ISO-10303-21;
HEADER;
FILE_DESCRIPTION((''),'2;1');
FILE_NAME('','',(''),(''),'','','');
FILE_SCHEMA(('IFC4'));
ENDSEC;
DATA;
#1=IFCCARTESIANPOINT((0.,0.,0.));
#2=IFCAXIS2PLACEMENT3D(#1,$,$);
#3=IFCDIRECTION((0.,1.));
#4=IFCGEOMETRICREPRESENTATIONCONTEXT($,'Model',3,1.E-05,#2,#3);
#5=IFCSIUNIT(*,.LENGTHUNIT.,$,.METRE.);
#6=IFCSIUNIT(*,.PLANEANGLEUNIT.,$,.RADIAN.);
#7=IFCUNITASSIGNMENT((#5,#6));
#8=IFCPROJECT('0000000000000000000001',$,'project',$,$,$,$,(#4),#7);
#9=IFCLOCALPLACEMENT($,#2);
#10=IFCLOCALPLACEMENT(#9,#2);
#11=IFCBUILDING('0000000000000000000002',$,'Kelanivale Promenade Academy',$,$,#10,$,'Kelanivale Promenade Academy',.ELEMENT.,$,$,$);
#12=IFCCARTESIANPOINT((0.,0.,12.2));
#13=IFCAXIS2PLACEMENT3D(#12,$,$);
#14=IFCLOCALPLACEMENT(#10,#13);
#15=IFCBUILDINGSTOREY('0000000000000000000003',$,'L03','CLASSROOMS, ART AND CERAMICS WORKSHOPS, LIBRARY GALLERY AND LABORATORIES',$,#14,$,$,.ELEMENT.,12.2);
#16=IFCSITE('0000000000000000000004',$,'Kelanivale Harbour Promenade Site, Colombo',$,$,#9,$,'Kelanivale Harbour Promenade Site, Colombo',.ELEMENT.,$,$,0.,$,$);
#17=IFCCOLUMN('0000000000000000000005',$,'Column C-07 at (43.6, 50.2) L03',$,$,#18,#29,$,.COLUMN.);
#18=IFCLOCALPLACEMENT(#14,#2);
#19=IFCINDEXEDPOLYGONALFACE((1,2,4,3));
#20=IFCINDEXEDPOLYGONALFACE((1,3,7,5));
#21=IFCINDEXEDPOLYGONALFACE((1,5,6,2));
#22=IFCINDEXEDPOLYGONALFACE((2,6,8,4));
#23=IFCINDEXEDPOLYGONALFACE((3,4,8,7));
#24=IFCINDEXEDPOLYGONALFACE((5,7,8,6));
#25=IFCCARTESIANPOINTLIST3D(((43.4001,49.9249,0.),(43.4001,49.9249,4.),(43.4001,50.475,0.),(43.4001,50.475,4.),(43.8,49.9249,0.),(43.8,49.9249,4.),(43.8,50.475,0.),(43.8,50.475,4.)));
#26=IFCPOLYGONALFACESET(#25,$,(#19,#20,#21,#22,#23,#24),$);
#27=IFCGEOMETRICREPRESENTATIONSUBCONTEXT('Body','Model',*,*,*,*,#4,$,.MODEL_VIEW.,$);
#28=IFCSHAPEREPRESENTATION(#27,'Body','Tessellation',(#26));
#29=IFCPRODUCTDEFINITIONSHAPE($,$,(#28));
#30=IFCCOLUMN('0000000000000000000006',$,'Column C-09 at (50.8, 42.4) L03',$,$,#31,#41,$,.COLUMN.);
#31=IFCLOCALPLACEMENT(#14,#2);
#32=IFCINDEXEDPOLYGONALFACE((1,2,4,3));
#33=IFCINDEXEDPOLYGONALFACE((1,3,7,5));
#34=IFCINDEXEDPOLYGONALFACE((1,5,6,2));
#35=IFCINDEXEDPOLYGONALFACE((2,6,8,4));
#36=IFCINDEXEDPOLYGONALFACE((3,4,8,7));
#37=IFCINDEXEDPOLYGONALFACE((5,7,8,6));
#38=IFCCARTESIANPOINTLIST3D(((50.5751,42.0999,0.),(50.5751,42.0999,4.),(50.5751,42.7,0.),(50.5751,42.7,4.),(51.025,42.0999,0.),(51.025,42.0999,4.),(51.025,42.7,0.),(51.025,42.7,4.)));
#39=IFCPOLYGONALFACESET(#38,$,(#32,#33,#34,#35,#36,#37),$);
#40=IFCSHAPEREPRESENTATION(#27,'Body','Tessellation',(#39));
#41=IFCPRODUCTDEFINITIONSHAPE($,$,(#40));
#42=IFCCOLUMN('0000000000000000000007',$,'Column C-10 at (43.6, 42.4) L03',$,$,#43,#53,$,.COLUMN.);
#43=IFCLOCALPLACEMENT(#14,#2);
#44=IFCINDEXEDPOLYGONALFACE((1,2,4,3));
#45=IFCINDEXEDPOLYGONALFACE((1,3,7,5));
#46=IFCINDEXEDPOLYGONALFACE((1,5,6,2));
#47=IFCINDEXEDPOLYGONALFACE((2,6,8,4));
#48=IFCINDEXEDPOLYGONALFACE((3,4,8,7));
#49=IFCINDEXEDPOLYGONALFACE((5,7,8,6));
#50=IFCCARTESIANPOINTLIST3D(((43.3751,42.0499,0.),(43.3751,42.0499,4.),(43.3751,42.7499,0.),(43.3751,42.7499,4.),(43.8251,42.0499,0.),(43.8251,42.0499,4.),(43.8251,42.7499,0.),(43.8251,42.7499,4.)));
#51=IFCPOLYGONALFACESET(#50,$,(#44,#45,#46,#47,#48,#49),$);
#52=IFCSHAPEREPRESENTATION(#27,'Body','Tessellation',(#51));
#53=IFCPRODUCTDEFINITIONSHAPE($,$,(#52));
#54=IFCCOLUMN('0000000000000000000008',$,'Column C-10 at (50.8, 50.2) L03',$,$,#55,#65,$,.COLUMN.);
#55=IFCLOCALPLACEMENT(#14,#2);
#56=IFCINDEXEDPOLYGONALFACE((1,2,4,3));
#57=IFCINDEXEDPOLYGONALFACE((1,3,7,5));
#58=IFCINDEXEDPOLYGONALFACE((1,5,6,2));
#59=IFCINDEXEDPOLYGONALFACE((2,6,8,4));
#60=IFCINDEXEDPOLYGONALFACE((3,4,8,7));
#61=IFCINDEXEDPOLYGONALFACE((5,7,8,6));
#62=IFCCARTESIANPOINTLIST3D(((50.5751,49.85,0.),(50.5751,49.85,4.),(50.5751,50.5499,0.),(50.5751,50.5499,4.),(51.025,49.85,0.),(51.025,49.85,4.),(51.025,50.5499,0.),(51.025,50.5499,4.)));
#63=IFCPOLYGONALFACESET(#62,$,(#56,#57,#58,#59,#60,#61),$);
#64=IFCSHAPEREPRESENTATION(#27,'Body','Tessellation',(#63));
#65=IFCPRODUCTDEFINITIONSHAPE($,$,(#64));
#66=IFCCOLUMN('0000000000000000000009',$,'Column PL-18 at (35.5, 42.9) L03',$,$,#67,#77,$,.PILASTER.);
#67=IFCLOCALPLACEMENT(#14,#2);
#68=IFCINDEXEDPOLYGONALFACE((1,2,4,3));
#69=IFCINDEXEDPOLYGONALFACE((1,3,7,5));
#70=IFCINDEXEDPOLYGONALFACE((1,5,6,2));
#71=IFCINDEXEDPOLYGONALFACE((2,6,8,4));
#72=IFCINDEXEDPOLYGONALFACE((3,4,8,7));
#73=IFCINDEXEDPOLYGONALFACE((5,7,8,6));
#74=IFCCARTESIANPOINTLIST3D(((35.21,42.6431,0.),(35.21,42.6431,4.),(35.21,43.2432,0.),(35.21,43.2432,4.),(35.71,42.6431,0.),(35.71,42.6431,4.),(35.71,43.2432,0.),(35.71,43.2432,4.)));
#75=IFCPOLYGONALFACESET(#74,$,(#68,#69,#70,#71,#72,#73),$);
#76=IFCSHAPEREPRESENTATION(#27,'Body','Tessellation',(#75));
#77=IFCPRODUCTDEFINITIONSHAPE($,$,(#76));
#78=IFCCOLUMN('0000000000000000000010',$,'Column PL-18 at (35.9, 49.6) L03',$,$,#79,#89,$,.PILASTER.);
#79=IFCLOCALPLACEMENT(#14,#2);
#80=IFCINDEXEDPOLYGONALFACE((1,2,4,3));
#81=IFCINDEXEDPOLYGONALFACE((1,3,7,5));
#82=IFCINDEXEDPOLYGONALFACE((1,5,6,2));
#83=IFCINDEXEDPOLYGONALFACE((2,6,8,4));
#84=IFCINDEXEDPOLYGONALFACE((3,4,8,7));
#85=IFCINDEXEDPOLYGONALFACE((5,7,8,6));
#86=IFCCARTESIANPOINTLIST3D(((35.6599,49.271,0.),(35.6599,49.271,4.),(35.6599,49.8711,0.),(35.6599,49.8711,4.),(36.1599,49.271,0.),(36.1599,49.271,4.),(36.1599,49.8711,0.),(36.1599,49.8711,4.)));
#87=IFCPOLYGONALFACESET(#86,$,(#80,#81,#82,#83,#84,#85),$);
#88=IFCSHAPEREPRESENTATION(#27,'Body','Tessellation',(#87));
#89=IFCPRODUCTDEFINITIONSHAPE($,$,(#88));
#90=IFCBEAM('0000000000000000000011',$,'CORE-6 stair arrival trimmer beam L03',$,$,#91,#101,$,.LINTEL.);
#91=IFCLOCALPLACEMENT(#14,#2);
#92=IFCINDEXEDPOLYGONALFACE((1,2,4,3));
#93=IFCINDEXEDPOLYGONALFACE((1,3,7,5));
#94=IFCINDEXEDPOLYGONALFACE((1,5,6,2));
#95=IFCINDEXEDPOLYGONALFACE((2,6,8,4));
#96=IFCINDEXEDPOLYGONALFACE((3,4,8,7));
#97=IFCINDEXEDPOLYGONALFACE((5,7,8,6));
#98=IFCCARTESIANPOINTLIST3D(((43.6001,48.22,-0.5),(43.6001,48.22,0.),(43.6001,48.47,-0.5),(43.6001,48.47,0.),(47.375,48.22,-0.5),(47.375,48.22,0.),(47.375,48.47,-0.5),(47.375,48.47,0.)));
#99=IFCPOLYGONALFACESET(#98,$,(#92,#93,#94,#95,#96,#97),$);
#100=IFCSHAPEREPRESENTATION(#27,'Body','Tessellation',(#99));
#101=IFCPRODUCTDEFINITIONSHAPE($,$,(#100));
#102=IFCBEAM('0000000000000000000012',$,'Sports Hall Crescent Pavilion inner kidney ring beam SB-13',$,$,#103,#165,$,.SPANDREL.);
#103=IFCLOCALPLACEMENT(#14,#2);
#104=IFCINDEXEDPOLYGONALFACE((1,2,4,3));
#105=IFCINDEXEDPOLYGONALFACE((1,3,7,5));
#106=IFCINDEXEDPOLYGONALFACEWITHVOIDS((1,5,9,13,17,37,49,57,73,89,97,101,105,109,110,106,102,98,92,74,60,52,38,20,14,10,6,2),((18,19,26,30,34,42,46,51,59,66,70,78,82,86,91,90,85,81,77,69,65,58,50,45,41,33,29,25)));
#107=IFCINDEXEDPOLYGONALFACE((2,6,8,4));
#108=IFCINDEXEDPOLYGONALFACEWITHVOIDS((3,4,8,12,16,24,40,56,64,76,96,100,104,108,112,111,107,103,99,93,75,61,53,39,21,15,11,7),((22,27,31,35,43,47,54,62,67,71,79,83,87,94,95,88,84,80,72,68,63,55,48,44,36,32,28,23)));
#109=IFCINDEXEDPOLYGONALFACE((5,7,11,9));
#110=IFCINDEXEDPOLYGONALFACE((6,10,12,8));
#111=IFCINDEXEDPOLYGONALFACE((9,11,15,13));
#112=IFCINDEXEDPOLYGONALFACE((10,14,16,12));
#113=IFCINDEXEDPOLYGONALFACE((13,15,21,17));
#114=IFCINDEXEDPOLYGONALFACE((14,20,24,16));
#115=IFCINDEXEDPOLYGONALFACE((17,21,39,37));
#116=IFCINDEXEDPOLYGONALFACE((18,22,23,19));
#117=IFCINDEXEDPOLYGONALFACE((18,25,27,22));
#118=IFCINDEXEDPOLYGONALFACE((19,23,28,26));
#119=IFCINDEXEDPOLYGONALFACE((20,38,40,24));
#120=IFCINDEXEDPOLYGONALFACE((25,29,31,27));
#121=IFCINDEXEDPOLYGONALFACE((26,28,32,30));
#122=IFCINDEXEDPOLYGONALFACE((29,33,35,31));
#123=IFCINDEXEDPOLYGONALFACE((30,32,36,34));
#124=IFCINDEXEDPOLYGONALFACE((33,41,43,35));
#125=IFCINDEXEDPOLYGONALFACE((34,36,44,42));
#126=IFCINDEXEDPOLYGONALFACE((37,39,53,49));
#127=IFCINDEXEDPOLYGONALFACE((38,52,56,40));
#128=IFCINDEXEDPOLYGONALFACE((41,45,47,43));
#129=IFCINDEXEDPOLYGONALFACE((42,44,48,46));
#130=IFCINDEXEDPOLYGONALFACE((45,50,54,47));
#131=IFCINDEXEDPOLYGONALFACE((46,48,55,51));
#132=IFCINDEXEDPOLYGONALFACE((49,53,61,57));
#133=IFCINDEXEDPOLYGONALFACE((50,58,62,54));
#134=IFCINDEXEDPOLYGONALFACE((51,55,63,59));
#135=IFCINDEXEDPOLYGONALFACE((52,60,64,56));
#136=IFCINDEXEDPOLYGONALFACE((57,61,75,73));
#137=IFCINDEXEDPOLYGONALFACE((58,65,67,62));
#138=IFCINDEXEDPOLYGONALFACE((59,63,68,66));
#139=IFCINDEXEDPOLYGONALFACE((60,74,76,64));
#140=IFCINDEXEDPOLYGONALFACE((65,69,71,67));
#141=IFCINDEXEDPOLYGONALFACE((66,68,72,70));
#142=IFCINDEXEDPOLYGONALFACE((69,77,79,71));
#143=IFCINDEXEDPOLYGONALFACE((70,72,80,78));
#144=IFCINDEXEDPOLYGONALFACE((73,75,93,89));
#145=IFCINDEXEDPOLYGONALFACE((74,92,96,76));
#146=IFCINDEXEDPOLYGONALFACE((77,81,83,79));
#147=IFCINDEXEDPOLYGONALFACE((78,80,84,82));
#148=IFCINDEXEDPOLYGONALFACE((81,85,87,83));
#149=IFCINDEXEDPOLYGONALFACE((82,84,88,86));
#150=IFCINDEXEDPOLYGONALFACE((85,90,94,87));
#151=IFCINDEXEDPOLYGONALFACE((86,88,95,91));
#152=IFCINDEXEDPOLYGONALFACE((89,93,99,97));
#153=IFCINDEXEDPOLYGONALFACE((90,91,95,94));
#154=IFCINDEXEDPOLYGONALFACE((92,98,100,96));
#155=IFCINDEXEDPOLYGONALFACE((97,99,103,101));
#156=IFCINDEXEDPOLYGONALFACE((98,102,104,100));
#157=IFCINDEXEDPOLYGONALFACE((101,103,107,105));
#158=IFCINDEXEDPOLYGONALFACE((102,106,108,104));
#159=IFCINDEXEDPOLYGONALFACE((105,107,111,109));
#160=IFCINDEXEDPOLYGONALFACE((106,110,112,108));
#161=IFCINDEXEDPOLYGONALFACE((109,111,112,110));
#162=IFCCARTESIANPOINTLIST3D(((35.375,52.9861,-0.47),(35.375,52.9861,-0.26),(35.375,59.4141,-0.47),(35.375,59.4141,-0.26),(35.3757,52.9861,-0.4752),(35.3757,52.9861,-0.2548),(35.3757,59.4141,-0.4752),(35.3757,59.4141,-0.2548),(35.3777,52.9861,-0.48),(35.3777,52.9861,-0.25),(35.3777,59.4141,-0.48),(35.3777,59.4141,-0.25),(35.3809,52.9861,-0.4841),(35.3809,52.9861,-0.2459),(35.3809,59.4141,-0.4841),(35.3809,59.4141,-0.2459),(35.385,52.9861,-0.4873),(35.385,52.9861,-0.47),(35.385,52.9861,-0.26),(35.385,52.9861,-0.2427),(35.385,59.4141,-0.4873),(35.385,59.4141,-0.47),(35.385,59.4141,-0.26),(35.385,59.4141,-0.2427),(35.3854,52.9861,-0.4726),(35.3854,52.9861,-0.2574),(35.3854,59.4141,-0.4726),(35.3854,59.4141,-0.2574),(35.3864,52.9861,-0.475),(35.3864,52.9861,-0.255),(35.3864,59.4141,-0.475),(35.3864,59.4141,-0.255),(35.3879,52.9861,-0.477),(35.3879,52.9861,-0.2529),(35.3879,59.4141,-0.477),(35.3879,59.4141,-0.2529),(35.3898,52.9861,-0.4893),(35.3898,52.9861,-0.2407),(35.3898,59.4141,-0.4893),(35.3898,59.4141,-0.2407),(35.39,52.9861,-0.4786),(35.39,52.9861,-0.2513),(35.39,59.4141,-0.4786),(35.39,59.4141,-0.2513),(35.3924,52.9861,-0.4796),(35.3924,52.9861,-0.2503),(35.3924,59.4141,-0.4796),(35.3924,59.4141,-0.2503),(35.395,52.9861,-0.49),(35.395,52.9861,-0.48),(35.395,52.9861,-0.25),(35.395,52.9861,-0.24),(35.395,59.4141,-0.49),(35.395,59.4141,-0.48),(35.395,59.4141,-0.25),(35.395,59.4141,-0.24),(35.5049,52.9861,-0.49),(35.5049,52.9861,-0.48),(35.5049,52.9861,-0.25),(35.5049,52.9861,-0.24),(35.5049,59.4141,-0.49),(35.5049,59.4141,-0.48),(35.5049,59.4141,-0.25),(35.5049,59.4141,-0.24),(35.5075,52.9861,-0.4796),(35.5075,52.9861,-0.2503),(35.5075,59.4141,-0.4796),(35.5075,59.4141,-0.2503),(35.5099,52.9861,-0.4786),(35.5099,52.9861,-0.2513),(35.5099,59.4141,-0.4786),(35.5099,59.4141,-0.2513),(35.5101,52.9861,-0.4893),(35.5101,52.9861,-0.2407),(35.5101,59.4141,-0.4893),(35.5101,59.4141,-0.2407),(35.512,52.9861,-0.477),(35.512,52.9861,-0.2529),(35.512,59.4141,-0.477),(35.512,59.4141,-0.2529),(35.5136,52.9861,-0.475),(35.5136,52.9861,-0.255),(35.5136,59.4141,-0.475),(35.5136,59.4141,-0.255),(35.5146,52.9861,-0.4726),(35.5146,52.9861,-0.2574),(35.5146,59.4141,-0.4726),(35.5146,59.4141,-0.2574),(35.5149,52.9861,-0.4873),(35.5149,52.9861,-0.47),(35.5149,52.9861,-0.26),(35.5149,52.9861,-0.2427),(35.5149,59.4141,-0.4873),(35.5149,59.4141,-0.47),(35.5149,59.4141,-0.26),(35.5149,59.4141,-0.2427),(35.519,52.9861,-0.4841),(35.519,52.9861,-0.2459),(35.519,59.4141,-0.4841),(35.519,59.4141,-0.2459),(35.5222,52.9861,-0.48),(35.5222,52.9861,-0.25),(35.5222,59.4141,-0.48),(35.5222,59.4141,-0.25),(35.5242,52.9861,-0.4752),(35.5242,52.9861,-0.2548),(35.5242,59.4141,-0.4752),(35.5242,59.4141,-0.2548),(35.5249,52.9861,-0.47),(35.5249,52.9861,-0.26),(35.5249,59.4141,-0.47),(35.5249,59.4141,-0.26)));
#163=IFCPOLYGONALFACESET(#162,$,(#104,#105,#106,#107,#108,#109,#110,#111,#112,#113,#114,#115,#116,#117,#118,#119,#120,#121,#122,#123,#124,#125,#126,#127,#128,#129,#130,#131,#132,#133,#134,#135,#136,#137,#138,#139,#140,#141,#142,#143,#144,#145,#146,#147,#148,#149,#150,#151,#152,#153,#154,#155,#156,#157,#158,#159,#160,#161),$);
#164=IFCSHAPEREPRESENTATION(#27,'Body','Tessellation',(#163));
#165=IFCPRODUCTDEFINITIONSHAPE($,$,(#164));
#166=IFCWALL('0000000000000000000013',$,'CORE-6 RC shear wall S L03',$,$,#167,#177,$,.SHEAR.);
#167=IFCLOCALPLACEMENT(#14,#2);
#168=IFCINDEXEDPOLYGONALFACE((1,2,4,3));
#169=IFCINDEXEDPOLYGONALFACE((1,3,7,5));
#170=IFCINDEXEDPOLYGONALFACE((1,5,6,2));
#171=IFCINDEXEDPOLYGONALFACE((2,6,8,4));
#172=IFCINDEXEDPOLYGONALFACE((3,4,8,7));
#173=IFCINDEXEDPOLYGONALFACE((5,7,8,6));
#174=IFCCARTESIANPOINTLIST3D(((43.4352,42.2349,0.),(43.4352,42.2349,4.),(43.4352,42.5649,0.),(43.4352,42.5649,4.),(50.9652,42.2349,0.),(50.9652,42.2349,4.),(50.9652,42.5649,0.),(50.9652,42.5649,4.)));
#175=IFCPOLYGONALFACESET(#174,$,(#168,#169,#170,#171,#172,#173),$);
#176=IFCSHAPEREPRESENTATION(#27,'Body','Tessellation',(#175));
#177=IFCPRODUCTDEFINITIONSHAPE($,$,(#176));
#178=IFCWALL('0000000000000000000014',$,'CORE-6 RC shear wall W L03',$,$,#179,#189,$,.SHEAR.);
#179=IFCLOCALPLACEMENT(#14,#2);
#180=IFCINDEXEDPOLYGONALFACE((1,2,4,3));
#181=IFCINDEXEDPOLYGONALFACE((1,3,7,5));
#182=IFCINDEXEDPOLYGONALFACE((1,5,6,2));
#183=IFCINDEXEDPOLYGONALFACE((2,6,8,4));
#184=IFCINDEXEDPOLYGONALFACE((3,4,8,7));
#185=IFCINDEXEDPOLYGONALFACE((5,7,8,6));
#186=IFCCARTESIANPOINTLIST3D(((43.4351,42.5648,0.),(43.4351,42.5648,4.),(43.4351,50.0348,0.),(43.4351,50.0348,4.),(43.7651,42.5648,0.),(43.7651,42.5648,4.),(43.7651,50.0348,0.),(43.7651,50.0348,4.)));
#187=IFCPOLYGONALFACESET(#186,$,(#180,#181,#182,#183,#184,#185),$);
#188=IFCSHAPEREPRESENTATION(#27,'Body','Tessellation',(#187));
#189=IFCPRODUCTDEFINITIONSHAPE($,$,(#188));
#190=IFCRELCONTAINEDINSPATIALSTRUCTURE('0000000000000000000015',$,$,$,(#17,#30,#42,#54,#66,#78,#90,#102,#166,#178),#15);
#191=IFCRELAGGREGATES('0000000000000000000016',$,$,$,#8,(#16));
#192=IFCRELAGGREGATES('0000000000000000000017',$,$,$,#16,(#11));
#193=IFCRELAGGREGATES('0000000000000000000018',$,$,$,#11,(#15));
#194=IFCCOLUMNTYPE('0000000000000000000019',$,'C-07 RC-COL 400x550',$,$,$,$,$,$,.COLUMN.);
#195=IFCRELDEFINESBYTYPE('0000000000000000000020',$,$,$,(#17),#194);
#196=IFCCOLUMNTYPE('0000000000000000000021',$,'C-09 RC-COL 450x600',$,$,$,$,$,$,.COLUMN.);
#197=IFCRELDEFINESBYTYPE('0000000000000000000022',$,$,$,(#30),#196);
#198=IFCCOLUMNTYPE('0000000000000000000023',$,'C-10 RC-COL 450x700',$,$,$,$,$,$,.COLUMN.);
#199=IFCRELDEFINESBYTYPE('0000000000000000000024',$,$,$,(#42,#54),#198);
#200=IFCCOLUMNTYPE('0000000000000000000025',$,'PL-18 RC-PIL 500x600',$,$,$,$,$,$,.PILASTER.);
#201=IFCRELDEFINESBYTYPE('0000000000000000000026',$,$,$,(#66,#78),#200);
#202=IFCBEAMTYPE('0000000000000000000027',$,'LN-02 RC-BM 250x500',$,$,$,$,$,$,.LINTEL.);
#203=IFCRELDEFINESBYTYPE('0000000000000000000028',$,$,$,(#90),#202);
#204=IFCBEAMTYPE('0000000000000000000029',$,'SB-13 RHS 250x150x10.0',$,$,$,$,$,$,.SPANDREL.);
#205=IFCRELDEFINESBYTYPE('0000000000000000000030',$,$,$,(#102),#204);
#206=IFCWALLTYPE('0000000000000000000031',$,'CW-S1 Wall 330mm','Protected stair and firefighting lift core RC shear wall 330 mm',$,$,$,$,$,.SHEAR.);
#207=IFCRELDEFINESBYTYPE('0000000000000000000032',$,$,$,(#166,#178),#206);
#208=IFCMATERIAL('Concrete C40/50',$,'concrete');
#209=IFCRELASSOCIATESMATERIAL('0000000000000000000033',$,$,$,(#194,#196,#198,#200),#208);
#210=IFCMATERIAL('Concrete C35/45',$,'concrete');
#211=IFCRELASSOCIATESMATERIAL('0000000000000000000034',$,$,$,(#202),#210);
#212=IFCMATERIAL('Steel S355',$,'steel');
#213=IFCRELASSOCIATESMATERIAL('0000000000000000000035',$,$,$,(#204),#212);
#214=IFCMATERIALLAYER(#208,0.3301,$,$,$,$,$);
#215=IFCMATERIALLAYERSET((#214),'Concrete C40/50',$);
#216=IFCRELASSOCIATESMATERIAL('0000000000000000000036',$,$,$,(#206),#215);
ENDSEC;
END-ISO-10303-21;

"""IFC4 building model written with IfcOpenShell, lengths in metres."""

from ifc_helpers import new_model, si_unit, direction, frame, frame_2d, origin, origin_2d, place, context, subcontext, project, spatial, rectangle, hollow_rectangle, extrude, material, layer, layer_set, material_profile, profile_set, type_object, element, save


model = new_model("IFC4")

# Units and contexts
model_context = context("Model", 3, precision=1e-05, world=origin(), true_north=direction((0.0, 1.0)))
body_context = subcontext(model_context, "Body", "Model", "MODEL_VIEW")
ifc_project = project(units=[si_unit("LENGTHUNIT", "METRE"), si_unit("PLANEANGLEUNIT", "RADIAN")], contexts=[model_context])

# Site, building, storey
site_placement = place(None, origin())
site = spatial("IfcSite", under=ifc_project, at=site_placement, Name="Kelanivale Harbour Promenade Site, Colombo", LongName="Kelanivale Harbour Promenade Site, Colombo", CompositionType="ELEMENT", RefElevation=0.0)
building_placement = place(site_placement, origin())
building = spatial("IfcBuilding", under=site, at=building_placement, Name="Kelanivale Promenade Academy", LongName="Kelanivale Promenade Academy", CompositionType="ELEMENT")
storey_placement = place(building_placement, frame((0.0, 0.0, 12.2)))
storey = spatial("IfcBuildingStorey", under=building, at=storey_placement, Name="L03", Description="CLASSROOMS, ART AND CERAMICS WORKSHOPS, LIBRARY GALLERY AND LABORATORIES", CompositionType="ELEMENT", Elevation=12.2)

# Columns
ifc_material_1 = material(Name="Concrete C40/50", Category="concrete")
ifc_material_profile_1 = material_profile(ifc_material_1, rectangle(XDim=0.3999, YDim=0.55, at=origin_2d()), Name="RC-COL 400x550")
ifc_profile_set_1 = profile_set([ifc_material_profile_1], Name="Concrete C40/50")
column_type_1 = type_object("IfcColumnType", Name="C-07 RC-COL 400x550", PredefinedType="COLUMN", material=ifc_profile_set_1)
column_1_placement = place(storey_placement, frame((43.6001, 50.2, 0.0), z_axis=(0.0, 0.0, 1.0), x_axis=(1.0, 0.0, 0.0)))
element("IfcColumn", 1, at=column_1_placement, inside=storey, type_object=column_type_1, Name="Column C-07 at (43.6, 50.2) L03", PredefinedType="COLUMN", context=body_context, shape_type="SweptSolid", body=[
    extrude(rectangle(XDim=0.3999, YDim=0.55, at=origin_2d()), origin(), (0.0, 0.0, 1.0), 4.0),
])
ifc_material_profile_2 = material_profile(ifc_material_1, rectangle(XDim=0.45, YDim=0.6001, at=origin_2d()), Name="RC-COL 450x600")
ifc_profile_set_2 = profile_set([ifc_material_profile_2], Name="Concrete C40/50")
column_type_2 = type_object("IfcColumnType", Name="C-09 RC-COL 450x600", PredefinedType="COLUMN", material=ifc_profile_set_2)
column_2_placement = place(storey_placement, frame((50.8, 42.3999, 0.0), z_axis=(0.0, 0.0, 1.0), x_axis=(1.0, 0.0, 0.0)))
element("IfcColumn", 2, at=column_2_placement, inside=storey, type_object=column_type_2, Name="Column C-09 at (50.8, 42.4) L03", PredefinedType="COLUMN", context=body_context, shape_type="SweptSolid", body=[
    extrude(rectangle(XDim=0.45, YDim=0.6001, at=origin_2d()), origin(), (0.0, 0.0, 1.0), 4.0),
])
ifc_material_profile_3 = material_profile(ifc_material_1, rectangle(XDim=0.45, YDim=0.7, at=origin_2d()), Name="RC-COL 450x700")
ifc_profile_set_3 = profile_set([ifc_material_profile_3], Name="Concrete C40/50")
column_type_3 = type_object("IfcColumnType", Name="C-10 RC-COL 450x700", PredefinedType="COLUMN", material=ifc_profile_set_3)
for number, where, z_axis, x_axis, name in (
    (3, (43.6001, 42.3999, 0.0), (0.0, 0.0, 1.0), (1.0, 0.0, 0.0), "Column C-10 at (43.6, 42.4) L03"),
    (4, (50.8, 50.2, 0.0), (0.0, 0.0, 1.0), (1.0, 0.0, 0.0), "Column C-10 at (50.8, 50.2) L03"),
):
    element("IfcColumn", number, at=place(storey_placement, frame(where, z_axis=z_axis, x_axis=x_axis)), inside=storey, type_object=column_type_3, Name=name, PredefinedType="COLUMN", context=body_context, shape_type="SweptSolid", body=[
        extrude(rectangle(XDim=0.45, YDim=0.7, at=origin_2d()), origin(), (0.0, 0.0, 1.0), 4.0),
    ])
ifc_material_profile_4 = material_profile(ifc_material_1, rectangle(XDim=0.5, YDim=0.6001, at=origin_2d()), Name="RC-PIL 500x600")
ifc_profile_set_4 = profile_set([ifc_material_profile_4], Name="Concrete C40/50")
column_type_4 = type_object("IfcColumnType", Name="PL-18 RC-PIL 500x600", PredefinedType="PILASTER", material=ifc_profile_set_4)
for number, where, z_axis, x_axis, name in (
    (5, (35.46, 42.9431, 0.0), (0.0, 0.0, 1.0), (1.0, 0.0, 0.0), "Column PL-18 at (35.5, 42.9) L03"),
    (6, (35.9099, 49.571, 0.0), (0.0, 0.0, 1.0), (1.0, 0.0, 0.0), "Column PL-18 at (35.9, 49.6) L03"),
):
    element("IfcColumn", number, at=place(storey_placement, frame(where, z_axis=z_axis, x_axis=x_axis)), inside=storey, type_object=column_type_4, Name=name, PredefinedType="PILASTER", context=body_context, shape_type="SweptSolid", body=[
        extrude(rectangle(XDim=0.5, YDim=0.6001, at=origin_2d()), origin(), (0.0, 0.0, 1.0), 4.0),
    ])

# Beams
ifc_material_2 = material(Name="Concrete C35/45", Category="concrete")
ifc_material_profile_5 = material_profile(ifc_material_2, rectangle(XDim=0.25, YDim=0.5, at=origin_2d()), Name="RC-BM 250x500")
ifc_profile_set_5 = profile_set([ifc_material_profile_5], Name="Concrete C35/45")
beam_type_1 = type_object("IfcBeamType", Name="LN-02 RC-BM 250x500", PredefinedType="LINTEL", material=ifc_profile_set_5)
beam_1_placement = place(storey_placement, frame((43.6001, 48.345, -0.25), z_axis=(1.0, 0.0, 0.0), x_axis=(0.0, 1.0, 0.0)))
element("IfcBeam", 7, at=beam_1_placement, inside=storey, type_object=beam_type_1, Name="CORE-6 stair arrival trimmer beam L03", PredefinedType="LINTEL", context=body_context, shape_type="SweptSolid", body=[
    extrude(rectangle(XDim=0.25, YDim=0.5, at=origin_2d()), origin(), (0.0, 0.0, 1.0), 3.7749),
])
ifc_material_3 = material(Name="Steel S355", Category="steel")
ifc_material_profile_6 = material_profile(ifc_material_3, hollow_rectangle(XDim=0.1499, YDim=0.25, WallThickness=0.01, InnerFilletRadius=0.01, OuterFilletRadius=0.02, at=origin_2d()), Name="RHS 250x150x10.0")
ifc_profile_set_6 = profile_set([ifc_material_profile_6], Name="Steel S355")
beam_type_2 = type_object("IfcBeamType", Name="SB-13 RHS 250x150x10.0", PredefinedType="SPANDREL", material=ifc_profile_set_6)
beam_2_placement = place(storey_placement, frame((35.45, 52.9861, -0.365), z_axis=(0.0, 1.0, 0.0), x_axis=(-1.0, 0.0, 0.0)))
element("IfcBeam", 8, at=beam_2_placement, inside=storey, type_object=beam_type_2, Name="Sports Hall Crescent Pavilion inner kidney ring beam SB-13", PredefinedType="SPANDREL", context=body_context, shape_type="SweptSolid", body=[
    extrude(hollow_rectangle(XDim=0.1499, YDim=0.25, WallThickness=0.01, InnerFilletRadius=0.01, OuterFilletRadius=0.02, at=origin_2d()), origin(), (0.0, 0.0, 1.0), 6.428),
])

# Wall
ifc_layer_1 = layer(ifc_material_1, 0.3301)
ifc_layer_set_1 = layer_set([ifc_layer_1], Name="Concrete C40/50")
wall_type_1 = type_object("IfcWallType", Name="CW-S1 Wall 330mm", Description="Protected stair and firefighting lift core RC shear wall 330 mm", PredefinedType="SHEAR", material=ifc_layer_set_1)
wall_1_placement = place(storey_placement, frame((43.4351, 42.3999, 0.0), z_axis=(0.0, 0.0, 1.0), x_axis=(1.0, 0.0, 0.0)))
element("IfcWall", 9, at=wall_1_placement, inside=storey, type_object=wall_type_1, Name="CORE-6 RC shear wall S L03", PredefinedType="SHEAR", context=body_context, shape_type="SweptSolid", body=[
    extrude(rectangle(XDim=7.53, YDim=0.3301, at=frame_2d((3.7651, 0.0))), origin(), (0.0, 0.0, 1.0), 4.0),
])

# Wall
for number, where, z_axis, x_axis, name in (
    (10, (43.6001, 42.5649, 0.0), (0.0, 0.0, 1.0), (0.0, 1.0, 0.0), "CORE-6 RC shear wall W L03"),
):
    element("IfcWall", number, at=place(storey_placement, frame(where, z_axis=z_axis, x_axis=x_axis)), inside=storey, type_object=wall_type_1, Name=name, PredefinedType="SHEAR", context=body_context, shape_type="SweptSolid", body=[
        extrude(rectangle(XDim=7.47, YDim=0.3301, at=frame_2d((3.7349, 0.0))), origin(), (0.0, 0.0, 1.0), 4.0),
    ])

save(model, "model.ifc")
